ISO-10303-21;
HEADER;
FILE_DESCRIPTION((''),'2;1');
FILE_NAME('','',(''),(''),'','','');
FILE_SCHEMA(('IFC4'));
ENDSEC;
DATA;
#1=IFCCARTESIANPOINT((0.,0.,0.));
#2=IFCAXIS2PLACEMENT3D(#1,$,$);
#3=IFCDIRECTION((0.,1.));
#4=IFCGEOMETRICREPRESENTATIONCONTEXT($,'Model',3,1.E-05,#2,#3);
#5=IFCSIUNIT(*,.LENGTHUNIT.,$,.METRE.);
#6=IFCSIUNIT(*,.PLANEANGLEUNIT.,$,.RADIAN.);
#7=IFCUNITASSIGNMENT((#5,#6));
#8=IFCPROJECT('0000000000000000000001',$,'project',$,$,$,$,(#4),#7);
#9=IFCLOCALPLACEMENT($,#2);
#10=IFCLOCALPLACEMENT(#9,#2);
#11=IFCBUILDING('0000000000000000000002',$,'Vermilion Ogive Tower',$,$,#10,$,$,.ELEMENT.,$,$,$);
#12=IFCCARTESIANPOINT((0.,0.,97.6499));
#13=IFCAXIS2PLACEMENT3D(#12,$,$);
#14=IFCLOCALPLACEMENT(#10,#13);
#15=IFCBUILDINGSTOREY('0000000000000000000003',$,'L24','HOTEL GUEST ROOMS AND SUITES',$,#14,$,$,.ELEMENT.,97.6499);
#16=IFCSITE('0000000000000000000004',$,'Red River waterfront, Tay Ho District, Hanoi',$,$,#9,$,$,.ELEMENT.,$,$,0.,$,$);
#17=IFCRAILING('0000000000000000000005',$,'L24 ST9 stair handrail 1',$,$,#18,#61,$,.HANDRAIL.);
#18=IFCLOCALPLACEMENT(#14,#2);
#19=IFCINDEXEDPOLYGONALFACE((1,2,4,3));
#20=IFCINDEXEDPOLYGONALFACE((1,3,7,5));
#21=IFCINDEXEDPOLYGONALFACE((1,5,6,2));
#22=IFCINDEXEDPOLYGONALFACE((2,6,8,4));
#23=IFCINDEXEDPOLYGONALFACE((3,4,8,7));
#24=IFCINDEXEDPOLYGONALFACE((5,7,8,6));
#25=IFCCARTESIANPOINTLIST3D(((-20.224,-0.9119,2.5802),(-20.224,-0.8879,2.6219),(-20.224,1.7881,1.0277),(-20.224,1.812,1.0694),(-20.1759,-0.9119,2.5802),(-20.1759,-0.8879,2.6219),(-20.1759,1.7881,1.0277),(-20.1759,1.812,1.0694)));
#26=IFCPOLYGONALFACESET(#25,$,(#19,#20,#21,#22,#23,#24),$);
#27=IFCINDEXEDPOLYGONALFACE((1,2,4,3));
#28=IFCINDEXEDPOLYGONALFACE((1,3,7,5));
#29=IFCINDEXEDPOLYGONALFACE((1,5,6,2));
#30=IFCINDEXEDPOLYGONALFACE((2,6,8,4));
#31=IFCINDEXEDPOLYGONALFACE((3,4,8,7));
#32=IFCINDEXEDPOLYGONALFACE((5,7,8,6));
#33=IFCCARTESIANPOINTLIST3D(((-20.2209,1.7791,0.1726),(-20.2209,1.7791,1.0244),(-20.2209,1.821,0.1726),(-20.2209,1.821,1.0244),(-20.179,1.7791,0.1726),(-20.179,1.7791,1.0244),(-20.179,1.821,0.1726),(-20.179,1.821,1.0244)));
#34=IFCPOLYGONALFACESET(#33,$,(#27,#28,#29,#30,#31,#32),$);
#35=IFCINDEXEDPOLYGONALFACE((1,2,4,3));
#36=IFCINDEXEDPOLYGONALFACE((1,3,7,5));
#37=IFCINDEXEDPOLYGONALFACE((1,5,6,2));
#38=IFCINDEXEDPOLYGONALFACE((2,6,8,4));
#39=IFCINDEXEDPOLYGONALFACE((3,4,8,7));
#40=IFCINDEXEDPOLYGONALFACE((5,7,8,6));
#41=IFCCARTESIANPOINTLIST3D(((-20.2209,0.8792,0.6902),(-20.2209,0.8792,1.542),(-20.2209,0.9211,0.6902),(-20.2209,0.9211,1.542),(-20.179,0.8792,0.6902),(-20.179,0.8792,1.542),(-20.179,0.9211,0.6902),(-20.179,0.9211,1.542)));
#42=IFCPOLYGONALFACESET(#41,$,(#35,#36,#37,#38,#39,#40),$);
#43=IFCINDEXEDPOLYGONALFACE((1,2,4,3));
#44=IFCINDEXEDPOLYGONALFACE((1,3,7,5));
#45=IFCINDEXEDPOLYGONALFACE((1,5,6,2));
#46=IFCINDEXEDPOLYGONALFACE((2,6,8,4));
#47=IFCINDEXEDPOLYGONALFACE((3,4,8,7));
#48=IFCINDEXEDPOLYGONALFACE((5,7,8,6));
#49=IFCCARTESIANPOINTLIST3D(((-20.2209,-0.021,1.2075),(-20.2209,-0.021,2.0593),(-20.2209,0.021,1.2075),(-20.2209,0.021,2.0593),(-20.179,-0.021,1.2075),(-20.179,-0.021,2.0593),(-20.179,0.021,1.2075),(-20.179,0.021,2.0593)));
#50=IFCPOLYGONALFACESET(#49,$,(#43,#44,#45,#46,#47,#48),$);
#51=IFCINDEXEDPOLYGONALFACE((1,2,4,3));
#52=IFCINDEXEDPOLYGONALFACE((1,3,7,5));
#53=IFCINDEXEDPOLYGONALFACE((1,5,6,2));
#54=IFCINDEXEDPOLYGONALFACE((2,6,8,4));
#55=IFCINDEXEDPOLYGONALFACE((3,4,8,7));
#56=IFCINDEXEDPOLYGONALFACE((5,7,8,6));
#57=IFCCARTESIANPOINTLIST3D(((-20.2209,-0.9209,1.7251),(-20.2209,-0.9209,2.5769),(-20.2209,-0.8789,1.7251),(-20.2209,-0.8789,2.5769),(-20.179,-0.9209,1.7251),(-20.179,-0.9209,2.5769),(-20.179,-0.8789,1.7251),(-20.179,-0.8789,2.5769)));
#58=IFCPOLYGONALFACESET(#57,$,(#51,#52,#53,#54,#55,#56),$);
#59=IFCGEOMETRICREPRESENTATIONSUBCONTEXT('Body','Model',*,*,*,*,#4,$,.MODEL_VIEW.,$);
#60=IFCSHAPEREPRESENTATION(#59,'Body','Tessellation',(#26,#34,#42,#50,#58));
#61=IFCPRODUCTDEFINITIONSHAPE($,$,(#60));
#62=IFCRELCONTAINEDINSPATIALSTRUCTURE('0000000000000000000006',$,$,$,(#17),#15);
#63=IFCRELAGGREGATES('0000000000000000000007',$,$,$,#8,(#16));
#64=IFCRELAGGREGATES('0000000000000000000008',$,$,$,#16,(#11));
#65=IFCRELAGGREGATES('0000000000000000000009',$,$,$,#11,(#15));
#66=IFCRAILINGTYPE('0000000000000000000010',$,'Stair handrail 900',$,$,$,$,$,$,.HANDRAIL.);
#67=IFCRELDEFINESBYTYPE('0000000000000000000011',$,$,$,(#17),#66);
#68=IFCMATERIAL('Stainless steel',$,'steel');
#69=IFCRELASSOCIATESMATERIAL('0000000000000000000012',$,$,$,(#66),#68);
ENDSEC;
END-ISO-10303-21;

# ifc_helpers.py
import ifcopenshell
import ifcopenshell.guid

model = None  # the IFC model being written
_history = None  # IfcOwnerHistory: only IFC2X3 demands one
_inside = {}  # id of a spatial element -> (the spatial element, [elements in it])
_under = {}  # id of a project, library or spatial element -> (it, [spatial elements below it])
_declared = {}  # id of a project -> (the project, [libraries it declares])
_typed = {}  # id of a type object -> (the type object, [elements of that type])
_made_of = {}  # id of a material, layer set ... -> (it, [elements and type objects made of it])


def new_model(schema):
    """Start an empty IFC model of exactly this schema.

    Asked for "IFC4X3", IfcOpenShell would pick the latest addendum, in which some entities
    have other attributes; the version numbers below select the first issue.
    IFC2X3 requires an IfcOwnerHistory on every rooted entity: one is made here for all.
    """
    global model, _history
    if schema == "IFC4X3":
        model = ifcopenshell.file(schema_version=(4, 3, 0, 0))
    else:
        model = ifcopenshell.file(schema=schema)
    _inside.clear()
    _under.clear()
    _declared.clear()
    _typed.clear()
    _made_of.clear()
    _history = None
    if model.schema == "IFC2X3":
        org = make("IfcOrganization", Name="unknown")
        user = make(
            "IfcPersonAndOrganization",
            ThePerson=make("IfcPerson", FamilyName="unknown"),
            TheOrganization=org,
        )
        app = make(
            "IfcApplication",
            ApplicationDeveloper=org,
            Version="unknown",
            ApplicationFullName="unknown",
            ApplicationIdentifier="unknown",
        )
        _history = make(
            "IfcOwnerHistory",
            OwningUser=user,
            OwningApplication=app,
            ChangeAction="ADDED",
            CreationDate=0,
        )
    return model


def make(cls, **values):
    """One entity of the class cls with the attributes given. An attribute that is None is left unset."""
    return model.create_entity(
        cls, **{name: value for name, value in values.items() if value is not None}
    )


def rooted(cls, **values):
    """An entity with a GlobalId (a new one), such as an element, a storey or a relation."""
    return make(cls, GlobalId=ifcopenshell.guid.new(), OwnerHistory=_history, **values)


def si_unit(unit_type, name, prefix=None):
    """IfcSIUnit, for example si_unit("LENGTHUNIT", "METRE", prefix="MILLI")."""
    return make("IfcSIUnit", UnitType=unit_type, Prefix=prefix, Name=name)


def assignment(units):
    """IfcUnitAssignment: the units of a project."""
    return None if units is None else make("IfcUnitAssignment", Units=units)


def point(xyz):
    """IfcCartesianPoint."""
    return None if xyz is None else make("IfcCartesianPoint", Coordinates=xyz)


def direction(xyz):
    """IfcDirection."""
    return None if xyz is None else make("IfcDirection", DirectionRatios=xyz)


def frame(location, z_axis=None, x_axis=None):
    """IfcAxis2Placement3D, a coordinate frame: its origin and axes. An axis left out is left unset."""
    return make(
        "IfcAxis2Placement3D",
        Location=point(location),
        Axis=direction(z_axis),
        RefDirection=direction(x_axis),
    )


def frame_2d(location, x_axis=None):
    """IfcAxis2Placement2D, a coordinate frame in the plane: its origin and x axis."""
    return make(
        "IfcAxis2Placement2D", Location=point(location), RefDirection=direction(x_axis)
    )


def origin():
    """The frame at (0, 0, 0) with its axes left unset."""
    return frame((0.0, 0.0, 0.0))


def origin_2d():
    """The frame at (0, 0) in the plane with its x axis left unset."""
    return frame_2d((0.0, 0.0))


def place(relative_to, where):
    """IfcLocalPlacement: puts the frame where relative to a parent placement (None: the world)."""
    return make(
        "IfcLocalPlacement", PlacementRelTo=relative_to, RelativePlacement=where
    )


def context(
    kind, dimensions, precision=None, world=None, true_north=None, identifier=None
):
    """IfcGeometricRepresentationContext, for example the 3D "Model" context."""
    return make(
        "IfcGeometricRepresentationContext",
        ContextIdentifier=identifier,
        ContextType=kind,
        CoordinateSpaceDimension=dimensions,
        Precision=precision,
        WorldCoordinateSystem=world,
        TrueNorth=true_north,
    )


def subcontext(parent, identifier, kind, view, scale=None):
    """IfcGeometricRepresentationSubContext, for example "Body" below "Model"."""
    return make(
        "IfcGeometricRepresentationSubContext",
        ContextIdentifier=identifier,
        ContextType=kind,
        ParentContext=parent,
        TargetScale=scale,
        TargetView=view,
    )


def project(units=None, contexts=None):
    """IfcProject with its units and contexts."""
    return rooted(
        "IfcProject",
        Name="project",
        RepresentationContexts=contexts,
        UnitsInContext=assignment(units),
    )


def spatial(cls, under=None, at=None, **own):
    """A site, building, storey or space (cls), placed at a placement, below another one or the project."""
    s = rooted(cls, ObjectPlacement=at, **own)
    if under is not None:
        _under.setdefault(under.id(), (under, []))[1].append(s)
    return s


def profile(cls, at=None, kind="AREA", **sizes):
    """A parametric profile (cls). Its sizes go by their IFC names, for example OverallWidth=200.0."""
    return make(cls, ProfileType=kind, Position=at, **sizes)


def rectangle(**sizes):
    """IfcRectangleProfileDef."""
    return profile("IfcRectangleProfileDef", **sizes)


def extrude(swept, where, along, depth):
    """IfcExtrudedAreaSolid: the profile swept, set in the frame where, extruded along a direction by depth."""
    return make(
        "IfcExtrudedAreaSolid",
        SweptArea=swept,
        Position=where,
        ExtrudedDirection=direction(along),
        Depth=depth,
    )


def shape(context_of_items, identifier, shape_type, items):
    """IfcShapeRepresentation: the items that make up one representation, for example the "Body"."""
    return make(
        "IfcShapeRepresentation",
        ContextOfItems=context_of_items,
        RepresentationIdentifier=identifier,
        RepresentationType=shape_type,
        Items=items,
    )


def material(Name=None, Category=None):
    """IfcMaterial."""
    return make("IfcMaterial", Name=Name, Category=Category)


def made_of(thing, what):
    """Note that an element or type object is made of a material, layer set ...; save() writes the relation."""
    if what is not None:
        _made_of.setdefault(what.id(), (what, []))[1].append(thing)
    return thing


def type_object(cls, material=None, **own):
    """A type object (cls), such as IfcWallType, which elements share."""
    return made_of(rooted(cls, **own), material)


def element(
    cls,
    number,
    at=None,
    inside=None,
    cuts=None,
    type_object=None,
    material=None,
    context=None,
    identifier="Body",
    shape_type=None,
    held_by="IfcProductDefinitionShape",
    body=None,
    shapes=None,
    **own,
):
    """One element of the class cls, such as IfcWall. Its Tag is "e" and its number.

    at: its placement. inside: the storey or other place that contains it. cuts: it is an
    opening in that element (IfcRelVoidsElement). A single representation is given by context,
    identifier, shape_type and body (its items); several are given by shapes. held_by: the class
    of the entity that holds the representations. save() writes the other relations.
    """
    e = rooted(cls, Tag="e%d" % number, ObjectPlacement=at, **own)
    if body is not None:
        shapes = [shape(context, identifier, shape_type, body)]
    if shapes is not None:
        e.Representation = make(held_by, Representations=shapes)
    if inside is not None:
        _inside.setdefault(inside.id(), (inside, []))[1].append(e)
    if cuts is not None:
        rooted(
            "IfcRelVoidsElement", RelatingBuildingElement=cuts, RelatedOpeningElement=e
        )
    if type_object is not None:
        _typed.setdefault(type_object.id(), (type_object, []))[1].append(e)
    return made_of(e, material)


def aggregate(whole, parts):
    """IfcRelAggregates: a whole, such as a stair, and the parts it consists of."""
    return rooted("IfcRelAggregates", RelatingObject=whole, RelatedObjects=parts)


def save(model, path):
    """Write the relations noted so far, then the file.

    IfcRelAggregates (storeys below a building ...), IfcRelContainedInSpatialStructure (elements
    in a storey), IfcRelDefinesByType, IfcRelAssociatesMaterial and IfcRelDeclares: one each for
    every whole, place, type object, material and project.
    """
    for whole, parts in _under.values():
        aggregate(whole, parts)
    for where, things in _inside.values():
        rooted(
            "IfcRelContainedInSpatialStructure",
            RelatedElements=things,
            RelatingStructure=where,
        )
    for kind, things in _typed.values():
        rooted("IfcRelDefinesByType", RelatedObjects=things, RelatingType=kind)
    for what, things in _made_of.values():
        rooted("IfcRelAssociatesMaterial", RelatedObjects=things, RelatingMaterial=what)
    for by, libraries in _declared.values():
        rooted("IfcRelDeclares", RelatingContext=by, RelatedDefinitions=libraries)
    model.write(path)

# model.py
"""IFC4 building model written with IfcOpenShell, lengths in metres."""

from ifc_helpers import new_model, si_unit, direction, frame, origin, origin_2d, place, context, subcontext, project, spatial, rectangle, extrude, material, type_object, element, save


model = new_model("IFC4")

# Units and contexts
model_context = context("Model", 3, precision=1e-05, world=origin(), true_north=direction((0.0, 1.0)))
body_context = subcontext(model_context, "Body", "Model", "MODEL_VIEW")
ifc_project = project(units=[si_unit("LENGTHUNIT", "METRE"), si_unit("PLANEANGLEUNIT", "RADIAN")], contexts=[model_context])

# Site, building, storey
site_placement = place(None, origin())
site = spatial("IfcSite", under=ifc_project, at=site_placement, Name="Red River waterfront, Tay Ho District, Hanoi", CompositionType="ELEMENT", RefElevation=0.0)
building_placement = place(site_placement, origin())
building = spatial("IfcBuilding", under=site, at=building_placement, Name="Vermilion Ogive Tower", CompositionType="ELEMENT")
storey_placement = place(building_placement, frame((0.0, 0.0, 97.6499)))
storey = spatial("IfcBuildingStorey", under=building, at=storey_placement, Name="L24", Description="HOTEL GUEST ROOMS AND SUITES", CompositionType="ELEMENT", Elevation=97.6499)

# Railing
ifc_material_1 = material(Name="Stainless steel", Category="steel")
railing_type_1 = type_object("IfcRailingType", Name="Stair handrail 900", PredefinedType="HANDRAIL", material=ifc_material_1)
railing_1_placement = place(storey_placement, frame((-20.2, 1.8, 0.1726)))
element("IfcRailing", 1, at=railing_1_placement, inside=storey, type_object=railing_type_1, Name="L24 ST9 stair handrail 1", PredefinedType="HANDRAIL", context=body_context, shape_type="SweptSolid", body=[
    extrude(rectangle(XDim=0.0481, YDim=0.0481, at=origin_2d()), frame((0.0, 0.0, 0.876), z_axis=(0.0, -0.866904, 0.498476), x_axis=(1.0, 0.0, 0.0)), (0.0, 0.0, 1.0), 3.1145),
    extrude(rectangle(XDim=0.042, YDim=0.042, at=origin_2d()), origin(), (0.0, 0.0, 1.0), 0.8518),
    extrude(rectangle(XDim=0.042, YDim=0.042, at=origin_2d()), frame((0.0, -0.8999, 0.5176)), (0.0, 0.0, 1.0), 0.8518),
    extrude(rectangle(XDim=0.042, YDim=0.042, at=origin_2d()), frame((0.0, -1.8, 1.0349)), (0.0, 0.0, 1.0), 0.8518),
    extrude(rectangle(XDim=0.042, YDim=0.042, at=origin_2d()), frame((0.0, -2.7, 1.5525)), (0.0, 0.0, 1.0), 0.8518),
])

save(model, "model.ifc")
